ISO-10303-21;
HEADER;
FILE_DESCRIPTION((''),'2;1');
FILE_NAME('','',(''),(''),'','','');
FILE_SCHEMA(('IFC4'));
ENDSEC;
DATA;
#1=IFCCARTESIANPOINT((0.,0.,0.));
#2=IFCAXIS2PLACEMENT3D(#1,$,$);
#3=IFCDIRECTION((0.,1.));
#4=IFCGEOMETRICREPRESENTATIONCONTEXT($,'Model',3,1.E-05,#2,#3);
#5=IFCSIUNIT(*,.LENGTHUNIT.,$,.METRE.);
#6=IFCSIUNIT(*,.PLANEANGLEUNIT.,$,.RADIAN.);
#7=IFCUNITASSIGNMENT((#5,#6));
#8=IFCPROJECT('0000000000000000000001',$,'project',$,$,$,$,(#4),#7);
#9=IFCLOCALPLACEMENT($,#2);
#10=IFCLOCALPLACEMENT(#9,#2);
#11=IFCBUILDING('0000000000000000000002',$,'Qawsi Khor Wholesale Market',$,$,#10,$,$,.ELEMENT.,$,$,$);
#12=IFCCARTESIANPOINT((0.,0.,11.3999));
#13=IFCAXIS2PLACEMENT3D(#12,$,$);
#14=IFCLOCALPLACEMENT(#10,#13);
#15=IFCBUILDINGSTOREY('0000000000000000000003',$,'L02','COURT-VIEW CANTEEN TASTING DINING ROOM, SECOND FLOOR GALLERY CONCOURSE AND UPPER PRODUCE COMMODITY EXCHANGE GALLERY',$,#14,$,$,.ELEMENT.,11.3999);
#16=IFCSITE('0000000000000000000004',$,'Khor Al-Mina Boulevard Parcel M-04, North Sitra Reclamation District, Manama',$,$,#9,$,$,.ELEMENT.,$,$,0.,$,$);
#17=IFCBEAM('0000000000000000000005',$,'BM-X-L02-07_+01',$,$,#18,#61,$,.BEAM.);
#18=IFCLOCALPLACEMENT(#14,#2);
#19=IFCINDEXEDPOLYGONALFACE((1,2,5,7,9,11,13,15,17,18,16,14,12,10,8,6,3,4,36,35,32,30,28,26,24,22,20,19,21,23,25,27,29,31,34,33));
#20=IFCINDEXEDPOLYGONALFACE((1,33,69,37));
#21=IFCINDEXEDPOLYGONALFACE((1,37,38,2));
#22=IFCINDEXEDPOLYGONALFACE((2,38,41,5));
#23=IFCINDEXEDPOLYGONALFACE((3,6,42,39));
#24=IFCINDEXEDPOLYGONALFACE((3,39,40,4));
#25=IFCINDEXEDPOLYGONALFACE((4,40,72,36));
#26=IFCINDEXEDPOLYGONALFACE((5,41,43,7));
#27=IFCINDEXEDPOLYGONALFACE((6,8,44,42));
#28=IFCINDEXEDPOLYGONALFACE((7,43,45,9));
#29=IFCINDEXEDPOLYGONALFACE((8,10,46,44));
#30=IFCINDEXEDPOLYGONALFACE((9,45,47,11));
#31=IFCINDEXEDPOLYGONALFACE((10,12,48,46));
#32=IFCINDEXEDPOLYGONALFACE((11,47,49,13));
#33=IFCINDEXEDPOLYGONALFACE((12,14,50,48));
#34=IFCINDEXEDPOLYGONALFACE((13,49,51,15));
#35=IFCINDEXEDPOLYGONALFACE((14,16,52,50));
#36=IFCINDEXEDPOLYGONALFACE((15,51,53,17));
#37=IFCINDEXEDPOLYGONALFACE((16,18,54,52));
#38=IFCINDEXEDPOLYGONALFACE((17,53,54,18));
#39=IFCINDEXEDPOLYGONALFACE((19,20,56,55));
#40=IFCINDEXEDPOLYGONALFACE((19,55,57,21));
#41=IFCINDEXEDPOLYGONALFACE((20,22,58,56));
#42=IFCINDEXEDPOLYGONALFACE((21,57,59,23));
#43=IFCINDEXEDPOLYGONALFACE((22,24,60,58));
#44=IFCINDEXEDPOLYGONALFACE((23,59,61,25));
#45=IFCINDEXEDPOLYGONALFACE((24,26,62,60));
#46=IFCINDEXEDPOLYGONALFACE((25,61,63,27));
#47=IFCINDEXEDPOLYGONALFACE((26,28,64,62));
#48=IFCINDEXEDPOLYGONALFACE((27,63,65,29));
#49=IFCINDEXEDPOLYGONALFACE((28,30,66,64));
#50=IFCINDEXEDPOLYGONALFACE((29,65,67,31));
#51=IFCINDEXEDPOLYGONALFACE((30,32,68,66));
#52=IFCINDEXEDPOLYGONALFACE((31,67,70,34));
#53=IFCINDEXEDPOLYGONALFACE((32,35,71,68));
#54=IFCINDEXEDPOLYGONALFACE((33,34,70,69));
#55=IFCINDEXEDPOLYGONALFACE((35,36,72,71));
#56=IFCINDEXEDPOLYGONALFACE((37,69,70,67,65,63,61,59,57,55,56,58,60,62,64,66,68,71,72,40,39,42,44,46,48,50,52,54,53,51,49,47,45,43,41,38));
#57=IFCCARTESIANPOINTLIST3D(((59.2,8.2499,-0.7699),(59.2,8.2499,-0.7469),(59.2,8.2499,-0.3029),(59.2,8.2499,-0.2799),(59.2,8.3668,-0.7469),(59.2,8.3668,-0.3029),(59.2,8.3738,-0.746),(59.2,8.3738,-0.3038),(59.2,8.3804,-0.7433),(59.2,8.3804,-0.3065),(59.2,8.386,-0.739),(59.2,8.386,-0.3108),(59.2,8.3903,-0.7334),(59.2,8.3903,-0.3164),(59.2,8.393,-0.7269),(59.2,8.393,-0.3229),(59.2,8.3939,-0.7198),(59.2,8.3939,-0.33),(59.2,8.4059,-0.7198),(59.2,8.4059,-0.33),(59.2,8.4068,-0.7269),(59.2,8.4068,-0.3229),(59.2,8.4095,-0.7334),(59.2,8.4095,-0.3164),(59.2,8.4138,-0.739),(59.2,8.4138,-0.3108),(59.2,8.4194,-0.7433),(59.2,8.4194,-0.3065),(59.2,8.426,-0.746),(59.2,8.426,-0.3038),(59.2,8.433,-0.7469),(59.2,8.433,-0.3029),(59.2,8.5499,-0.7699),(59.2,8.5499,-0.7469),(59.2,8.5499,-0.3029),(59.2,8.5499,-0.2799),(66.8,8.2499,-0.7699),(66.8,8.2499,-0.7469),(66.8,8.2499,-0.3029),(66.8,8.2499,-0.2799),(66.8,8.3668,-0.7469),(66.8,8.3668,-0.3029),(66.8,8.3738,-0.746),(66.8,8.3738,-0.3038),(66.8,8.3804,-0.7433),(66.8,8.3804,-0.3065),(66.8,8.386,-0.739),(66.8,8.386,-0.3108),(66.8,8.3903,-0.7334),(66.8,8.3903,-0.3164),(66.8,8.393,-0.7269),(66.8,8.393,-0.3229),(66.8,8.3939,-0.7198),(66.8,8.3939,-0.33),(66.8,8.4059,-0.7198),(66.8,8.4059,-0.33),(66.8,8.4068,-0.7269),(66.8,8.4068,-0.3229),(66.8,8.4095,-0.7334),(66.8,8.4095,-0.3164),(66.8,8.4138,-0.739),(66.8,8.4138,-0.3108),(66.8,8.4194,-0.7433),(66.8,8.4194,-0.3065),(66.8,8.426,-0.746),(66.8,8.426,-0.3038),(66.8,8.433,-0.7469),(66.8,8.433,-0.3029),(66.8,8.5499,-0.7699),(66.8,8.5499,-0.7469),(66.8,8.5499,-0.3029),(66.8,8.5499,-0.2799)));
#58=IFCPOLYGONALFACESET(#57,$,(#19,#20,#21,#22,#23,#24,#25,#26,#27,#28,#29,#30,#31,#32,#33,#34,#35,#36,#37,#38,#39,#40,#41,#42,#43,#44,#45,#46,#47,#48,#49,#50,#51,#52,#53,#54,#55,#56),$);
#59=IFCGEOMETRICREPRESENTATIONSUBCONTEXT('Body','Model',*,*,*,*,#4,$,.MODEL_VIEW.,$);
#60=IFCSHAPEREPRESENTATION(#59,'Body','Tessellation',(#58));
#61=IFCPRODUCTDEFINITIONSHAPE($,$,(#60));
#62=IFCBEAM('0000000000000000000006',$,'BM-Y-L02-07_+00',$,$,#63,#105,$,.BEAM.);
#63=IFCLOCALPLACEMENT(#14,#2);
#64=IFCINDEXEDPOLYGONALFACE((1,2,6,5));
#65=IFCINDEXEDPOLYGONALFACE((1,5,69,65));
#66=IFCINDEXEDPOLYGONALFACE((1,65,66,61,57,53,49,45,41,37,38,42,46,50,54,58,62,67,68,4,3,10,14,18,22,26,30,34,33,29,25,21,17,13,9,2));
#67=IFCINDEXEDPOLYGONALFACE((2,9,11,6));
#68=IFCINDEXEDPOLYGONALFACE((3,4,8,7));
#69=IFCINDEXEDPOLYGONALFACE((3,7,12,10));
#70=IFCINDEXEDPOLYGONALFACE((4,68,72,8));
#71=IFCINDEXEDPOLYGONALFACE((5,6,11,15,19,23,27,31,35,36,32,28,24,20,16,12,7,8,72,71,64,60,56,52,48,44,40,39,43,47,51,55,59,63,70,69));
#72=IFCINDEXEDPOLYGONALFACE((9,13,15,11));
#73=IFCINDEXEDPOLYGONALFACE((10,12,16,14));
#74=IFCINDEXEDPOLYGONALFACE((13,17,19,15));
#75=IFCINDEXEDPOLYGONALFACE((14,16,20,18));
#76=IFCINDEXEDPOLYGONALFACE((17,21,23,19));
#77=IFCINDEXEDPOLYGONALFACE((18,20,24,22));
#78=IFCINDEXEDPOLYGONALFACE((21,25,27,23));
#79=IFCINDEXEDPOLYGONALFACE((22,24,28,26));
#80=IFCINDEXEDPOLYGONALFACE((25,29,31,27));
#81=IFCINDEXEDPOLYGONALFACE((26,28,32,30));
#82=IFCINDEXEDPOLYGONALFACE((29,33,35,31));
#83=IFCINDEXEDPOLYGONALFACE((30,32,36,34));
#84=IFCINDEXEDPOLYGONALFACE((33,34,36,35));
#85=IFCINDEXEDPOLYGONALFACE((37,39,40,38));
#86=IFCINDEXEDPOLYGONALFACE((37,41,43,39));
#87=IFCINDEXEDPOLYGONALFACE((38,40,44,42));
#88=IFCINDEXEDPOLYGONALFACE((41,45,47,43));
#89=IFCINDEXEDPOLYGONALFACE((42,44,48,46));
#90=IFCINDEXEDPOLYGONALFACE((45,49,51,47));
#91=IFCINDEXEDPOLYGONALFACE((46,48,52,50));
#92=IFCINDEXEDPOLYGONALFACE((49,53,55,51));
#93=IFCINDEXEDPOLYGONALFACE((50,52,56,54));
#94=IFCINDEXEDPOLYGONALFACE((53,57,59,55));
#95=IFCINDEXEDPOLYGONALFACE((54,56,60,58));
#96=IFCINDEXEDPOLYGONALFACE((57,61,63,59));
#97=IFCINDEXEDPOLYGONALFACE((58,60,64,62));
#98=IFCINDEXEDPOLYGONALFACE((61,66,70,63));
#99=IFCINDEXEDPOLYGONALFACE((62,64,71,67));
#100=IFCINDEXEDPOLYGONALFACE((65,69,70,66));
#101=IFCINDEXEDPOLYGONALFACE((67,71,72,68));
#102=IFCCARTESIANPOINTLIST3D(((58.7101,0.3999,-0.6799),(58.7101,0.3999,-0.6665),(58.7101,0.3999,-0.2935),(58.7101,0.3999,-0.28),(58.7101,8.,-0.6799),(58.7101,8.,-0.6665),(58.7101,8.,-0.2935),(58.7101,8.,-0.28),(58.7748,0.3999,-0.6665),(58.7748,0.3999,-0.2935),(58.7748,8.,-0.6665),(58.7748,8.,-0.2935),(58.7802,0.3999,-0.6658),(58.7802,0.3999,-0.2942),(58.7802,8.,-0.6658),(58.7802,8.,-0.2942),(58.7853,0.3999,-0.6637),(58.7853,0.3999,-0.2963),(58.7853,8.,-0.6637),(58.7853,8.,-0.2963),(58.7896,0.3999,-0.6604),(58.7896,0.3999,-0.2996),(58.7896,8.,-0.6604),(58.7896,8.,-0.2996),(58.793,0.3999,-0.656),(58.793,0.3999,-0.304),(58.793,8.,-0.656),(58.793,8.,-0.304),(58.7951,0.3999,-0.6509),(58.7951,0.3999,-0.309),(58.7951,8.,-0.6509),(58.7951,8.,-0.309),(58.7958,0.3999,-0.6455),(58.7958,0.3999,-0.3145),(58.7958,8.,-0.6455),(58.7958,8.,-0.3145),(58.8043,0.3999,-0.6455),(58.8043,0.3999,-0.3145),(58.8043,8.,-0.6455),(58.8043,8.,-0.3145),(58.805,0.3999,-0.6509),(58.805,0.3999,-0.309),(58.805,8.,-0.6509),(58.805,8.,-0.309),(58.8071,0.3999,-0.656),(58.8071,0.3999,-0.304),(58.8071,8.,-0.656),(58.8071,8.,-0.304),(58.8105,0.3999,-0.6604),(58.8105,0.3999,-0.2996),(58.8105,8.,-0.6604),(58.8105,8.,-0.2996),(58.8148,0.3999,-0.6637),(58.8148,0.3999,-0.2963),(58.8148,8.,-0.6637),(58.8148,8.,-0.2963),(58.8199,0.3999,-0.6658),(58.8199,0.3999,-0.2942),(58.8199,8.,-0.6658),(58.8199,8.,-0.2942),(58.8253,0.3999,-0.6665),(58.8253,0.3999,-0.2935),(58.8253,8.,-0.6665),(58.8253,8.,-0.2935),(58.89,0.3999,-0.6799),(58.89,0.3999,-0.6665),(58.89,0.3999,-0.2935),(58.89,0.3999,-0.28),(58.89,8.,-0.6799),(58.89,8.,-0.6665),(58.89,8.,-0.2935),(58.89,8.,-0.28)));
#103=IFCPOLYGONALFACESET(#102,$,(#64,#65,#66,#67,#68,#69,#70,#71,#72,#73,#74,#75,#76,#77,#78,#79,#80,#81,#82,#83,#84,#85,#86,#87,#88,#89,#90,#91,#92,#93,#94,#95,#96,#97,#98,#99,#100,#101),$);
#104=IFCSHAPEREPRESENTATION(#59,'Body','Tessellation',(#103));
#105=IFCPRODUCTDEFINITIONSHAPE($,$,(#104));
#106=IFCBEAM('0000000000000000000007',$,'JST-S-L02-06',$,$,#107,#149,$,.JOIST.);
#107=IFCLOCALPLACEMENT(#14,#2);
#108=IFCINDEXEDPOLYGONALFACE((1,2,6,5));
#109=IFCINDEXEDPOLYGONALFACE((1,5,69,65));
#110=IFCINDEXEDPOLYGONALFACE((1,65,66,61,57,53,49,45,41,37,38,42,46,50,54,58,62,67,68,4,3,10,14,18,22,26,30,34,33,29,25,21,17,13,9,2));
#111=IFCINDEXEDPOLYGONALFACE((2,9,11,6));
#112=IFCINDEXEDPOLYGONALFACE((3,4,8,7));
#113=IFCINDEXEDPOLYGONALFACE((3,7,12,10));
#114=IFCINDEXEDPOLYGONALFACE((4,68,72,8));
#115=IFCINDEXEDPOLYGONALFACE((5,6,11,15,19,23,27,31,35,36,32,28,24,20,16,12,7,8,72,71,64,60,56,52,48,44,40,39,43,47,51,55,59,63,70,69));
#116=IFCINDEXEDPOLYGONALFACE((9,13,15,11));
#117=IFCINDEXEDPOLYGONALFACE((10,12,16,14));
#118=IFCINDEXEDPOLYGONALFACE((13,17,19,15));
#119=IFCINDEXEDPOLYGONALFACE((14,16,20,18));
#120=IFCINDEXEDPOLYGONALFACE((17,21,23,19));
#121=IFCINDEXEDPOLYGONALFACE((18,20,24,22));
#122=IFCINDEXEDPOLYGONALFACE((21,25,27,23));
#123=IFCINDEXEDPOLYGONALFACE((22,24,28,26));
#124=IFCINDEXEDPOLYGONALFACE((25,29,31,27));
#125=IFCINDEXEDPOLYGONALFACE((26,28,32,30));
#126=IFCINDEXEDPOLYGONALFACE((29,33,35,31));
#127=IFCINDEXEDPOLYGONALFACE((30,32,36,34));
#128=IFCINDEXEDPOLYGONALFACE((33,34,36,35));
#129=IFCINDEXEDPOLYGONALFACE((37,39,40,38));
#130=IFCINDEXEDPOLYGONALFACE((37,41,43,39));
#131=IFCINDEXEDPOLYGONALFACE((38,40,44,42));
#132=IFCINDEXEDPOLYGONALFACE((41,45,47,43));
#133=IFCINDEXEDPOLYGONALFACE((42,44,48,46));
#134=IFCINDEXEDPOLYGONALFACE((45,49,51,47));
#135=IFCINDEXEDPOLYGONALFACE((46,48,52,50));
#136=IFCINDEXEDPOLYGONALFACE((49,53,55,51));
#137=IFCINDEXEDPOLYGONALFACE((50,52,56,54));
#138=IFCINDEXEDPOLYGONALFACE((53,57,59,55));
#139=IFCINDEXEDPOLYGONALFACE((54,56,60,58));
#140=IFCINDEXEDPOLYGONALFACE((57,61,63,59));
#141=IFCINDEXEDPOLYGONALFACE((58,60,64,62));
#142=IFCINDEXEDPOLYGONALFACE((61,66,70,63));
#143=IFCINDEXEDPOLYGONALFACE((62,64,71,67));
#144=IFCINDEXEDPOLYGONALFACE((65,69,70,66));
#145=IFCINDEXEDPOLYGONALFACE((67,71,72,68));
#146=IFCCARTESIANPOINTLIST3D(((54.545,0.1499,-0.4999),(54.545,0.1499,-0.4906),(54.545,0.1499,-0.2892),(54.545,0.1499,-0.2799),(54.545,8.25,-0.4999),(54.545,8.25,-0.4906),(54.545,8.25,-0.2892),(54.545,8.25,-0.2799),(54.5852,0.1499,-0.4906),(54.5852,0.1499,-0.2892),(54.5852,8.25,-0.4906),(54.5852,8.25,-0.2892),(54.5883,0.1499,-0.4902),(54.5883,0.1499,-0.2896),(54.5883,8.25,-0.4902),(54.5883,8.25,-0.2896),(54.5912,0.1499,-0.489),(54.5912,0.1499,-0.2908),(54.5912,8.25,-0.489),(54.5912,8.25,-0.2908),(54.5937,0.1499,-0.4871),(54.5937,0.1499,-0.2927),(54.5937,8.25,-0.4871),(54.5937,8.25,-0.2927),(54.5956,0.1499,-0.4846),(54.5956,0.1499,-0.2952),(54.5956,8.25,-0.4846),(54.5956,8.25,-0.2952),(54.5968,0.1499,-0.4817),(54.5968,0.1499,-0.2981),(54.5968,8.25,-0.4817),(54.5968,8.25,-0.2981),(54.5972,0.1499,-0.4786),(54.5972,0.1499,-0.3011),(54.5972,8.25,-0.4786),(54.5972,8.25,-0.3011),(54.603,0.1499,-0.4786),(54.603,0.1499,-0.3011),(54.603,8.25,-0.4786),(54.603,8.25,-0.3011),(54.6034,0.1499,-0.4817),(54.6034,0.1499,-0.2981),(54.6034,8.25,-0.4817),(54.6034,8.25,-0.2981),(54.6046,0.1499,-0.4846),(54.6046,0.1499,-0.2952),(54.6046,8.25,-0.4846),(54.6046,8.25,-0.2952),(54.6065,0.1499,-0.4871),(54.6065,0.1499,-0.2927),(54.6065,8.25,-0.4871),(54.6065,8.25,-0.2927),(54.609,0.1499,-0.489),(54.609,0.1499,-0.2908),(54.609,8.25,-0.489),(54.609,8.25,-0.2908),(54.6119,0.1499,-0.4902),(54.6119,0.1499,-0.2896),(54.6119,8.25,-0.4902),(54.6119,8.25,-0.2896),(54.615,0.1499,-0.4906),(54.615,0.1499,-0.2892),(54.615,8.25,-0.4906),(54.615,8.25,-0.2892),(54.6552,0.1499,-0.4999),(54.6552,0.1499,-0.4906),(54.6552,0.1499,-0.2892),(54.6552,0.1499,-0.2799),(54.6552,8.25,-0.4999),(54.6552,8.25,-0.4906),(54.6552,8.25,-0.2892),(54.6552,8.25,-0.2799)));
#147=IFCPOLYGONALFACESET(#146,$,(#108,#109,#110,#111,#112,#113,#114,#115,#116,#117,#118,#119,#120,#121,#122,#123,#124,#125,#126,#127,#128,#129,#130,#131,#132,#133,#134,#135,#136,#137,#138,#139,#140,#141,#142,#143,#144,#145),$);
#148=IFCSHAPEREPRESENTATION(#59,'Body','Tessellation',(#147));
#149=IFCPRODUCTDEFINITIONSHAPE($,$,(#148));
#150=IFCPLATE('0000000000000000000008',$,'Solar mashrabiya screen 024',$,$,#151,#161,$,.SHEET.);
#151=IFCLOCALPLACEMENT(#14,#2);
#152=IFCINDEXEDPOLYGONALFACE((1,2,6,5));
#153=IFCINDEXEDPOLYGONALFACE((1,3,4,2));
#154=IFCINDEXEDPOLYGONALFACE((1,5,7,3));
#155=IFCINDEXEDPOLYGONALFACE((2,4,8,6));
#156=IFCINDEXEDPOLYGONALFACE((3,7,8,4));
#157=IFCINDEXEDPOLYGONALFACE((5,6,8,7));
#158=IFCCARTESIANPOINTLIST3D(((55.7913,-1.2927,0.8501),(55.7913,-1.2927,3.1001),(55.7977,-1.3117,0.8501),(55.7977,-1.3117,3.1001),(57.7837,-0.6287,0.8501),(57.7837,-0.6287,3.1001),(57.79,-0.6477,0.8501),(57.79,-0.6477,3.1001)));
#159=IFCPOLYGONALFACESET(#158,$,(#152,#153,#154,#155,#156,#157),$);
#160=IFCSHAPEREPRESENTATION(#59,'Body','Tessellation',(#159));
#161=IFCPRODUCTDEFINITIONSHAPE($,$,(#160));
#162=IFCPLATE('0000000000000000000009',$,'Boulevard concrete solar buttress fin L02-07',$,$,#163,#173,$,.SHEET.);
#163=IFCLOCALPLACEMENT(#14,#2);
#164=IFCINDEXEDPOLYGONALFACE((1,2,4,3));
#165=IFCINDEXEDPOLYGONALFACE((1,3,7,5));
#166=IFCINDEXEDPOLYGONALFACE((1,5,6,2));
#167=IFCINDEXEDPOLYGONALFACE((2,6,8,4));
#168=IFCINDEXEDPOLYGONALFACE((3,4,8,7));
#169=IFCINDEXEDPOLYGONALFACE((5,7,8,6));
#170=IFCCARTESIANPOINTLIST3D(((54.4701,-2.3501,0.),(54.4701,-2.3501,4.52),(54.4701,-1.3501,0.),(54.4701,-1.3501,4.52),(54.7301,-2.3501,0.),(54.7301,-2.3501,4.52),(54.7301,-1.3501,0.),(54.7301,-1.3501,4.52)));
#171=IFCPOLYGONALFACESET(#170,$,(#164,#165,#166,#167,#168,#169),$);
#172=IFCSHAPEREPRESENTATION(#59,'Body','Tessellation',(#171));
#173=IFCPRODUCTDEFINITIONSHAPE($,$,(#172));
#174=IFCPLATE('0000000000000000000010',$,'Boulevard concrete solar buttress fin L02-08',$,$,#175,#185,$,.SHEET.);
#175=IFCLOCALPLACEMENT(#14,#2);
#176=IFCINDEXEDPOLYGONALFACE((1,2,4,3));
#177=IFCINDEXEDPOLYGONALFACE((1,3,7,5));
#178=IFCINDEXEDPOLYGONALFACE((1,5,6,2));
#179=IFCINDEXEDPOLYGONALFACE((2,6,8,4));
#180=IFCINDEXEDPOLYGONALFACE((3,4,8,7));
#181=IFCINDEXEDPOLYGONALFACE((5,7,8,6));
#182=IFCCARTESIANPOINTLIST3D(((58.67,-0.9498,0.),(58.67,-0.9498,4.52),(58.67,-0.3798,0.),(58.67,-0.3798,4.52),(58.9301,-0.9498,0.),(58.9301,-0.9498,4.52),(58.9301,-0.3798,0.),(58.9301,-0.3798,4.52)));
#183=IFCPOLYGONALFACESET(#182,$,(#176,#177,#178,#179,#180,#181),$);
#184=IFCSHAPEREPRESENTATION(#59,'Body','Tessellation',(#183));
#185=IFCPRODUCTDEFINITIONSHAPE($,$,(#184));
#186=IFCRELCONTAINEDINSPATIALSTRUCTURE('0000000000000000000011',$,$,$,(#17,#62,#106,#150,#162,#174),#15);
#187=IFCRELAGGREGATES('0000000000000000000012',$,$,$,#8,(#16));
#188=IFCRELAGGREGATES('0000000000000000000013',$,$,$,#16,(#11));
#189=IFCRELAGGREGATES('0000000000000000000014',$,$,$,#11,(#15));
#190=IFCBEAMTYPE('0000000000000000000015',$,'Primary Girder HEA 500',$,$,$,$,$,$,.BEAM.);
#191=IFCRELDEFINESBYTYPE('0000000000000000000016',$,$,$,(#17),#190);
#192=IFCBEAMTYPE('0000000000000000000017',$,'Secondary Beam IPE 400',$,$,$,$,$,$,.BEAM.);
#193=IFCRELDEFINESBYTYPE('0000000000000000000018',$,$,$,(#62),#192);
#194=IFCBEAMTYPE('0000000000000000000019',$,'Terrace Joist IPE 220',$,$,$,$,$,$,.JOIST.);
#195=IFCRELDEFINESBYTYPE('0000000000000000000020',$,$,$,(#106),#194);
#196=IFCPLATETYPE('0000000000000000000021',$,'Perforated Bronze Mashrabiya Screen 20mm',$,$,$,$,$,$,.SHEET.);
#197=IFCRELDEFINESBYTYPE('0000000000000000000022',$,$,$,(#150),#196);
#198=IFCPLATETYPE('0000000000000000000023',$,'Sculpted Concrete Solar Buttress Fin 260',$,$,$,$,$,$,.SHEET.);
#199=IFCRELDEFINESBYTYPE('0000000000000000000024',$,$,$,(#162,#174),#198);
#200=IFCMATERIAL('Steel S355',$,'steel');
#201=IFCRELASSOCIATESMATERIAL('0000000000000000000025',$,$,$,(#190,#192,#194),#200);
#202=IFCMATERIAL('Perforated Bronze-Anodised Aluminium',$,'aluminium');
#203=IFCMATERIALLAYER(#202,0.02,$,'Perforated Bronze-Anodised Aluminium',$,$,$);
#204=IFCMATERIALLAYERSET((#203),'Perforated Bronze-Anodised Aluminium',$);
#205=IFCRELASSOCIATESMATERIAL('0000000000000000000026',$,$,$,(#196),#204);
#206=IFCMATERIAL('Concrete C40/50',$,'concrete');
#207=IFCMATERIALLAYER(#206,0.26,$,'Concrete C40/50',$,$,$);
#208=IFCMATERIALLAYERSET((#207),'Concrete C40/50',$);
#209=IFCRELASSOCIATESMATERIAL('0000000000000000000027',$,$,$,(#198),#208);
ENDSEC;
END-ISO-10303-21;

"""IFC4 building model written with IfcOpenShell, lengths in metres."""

from ifc_helpers import new_model, si_unit, direction, frame, frame_2d, origin, origin_2d, place, context, subcontext, project, spatial, rectangle, i_section, extrude, material, layer, layer_set, material_profile, profile_set, type_object, element, save


model = new_model("IFC4")

# Units and contexts
model_context = context("Model", 3, precision=1e-05, world=origin(), true_north=direction((0.0, 1.0)))
body_context = subcontext(model_context, "Body", "Model", "MODEL_VIEW")
ifc_project = project(units=[si_unit("LENGTHUNIT", "METRE"), si_unit("PLANEANGLEUNIT", "RADIAN")], contexts=[model_context])

# Site, building, storey
site_placement = place(None, origin())
site = spatial("IfcSite", under=ifc_project, at=site_placement, Name="Khor Al-Mina Boulevard Parcel M-04, North Sitra Reclamation District, Manama", CompositionType="ELEMENT", RefElevation=0.0)
building_placement = place(site_placement, origin())
building = spatial("IfcBuilding", under=site, at=building_placement, Name="Qawsi Khor Wholesale Market", CompositionType="ELEMENT")
storey_placement = place(building_placement, frame((0.0, 0.0, 11.3999)))
storey = spatial("IfcBuildingStorey", under=building, at=storey_placement, Name="L02", Description="COURT-VIEW CANTEEN TASTING DINING ROOM, SECOND FLOOR GALLERY CONCOURSE AND UPPER PRODUCE COMMODITY EXCHANGE GALLERY", CompositionType="ELEMENT", Elevation=11.3999)

# Shared definitions
ifc_material_1 = material(Name="Concrete C40/50", Category="concrete")

# Beams
ifc_material_2 = material(Name="Steel S355", Category="steel")
ifc_material_profile_1 = material_profile(ifc_material_2, i_section(OverallWidth=0.3, OverallDepth=0.49, WebThickness=0.012, FlangeThickness=0.0229, FilletRadius=0.0271, at=origin_2d()), Name="HEA 500")
ifc_profile_set_1 = profile_set([ifc_material_profile_1], Name="Steel S355")
beam_type_1 = type_object("IfcBeamType", Name="Primary Girder HEA 500", PredefinedType="BEAM", material=ifc_profile_set_1)
beam_1_placement = place(storey_placement, frame((59.2, 8.3999, -0.5249), z_axis=(1.0, 0.0, 0.0), x_axis=(0.0, 1.0, 0.0)))
element("IfcBeam", 1, at=beam_1_placement, inside=storey, type_object=beam_type_1, Name="BM-X-L02-07_+01", PredefinedType="BEAM", context=body_context, shape_type="SweptSolid", body=[
    extrude(i_section(OverallWidth=0.3, OverallDepth=0.49, WebThickness=0.012, FlangeThickness=0.0229, FilletRadius=0.0271, at=origin_2d()), origin(), (0.0, 0.0, 1.0), 7.6001),
])
ifc_material_profile_2 = material_profile(ifc_material_2, i_section(OverallWidth=0.1799, OverallDepth=0.3999, WebThickness=0.0085, FlangeThickness=0.0134, FilletRadius=0.021, at=origin_2d()), Name="IPE 400")
ifc_profile_set_2 = profile_set([ifc_material_profile_2], Name="Steel S355")
beam_type_2 = type_object("IfcBeamType", Name="Secondary Beam IPE 400", PredefinedType="BEAM", material=ifc_profile_set_2)
beam_2_placement = place(storey_placement, frame((58.8, 0.3999, -0.48), z_axis=(0.0, 1.0, 0.0), x_axis=(-1.0, 0.0, 0.0)))
element("IfcBeam", 2, at=beam_2_placement, inside=storey, type_object=beam_type_2, Name="BM-Y-L02-07_+00", PredefinedType="BEAM", context=body_context, shape_type="SweptSolid", body=[
    extrude(i_section(OverallWidth=0.1799, OverallDepth=0.3999, WebThickness=0.0085, FlangeThickness=0.0134, FilletRadius=0.021, at=origin_2d()), origin(), (0.0, 0.0, 1.0), 7.6001),
])
ifc_material_profile_3 = material_profile(ifc_material_2, i_section(OverallWidth=0.1101, OverallDepth=0.22, WebThickness=0.0059, FlangeThickness=0.0093, FilletRadius=0.012, at=origin_2d()), Name="IPE 220")
ifc_profile_set_3 = profile_set([ifc_material_profile_3], Name="Steel S355")
beam_type_3 = type_object("IfcBeamType", Name="Terrace Joist IPE 220", PredefinedType="JOIST", material=ifc_profile_set_3)
beam_3_placement = place(storey_placement, frame((54.6001, 0.1499, -0.3899), z_axis=(0.0, 1.0, 0.0), x_axis=(-1.0, 0.0, 0.0)))
element("IfcBeam", 3, at=beam_3_placement, inside=storey, type_object=beam_type_3, Name="JST-S-L02-06", PredefinedType="JOIST", context=body_context, shape_type="SweptSolid", body=[
    extrude(i_section(OverallWidth=0.1101, OverallDepth=0.22, WebThickness=0.0059, FlangeThickness=0.0093, FilletRadius=0.012, at=origin_2d()), origin(), (0.0, 0.0, 1.0), 8.1001),
])

# Plates
ifc_material_3 = material(Name="Perforated Bronze-Anodised Aluminium", Category="aluminium")
ifc_layer_1 = layer(ifc_material_3, 0.02, Name="Perforated Bronze-Anodised Aluminium")
ifc_layer_set_1 = layer_set([ifc_layer_1], Name="Perforated Bronze-Anodised Aluminium")
plate_type_1 = type_object("IfcPlateType", Name="Perforated Bronze Mashrabiya Screen 20mm", PredefinedType="SHEET", material=ifc_layer_set_1)
plate_1_placement = place(storey_placement, frame((57.7869, -0.6382, 0.8501), z_axis=(0.0, 0.0, 1.0), x_axis=(-0.948695, -0.316193, 0.0)))
element("IfcPlate", 4, at=plate_1_placement, inside=storey, type_object=plate_type_1, Name="Solar mashrabiya screen 024", PredefinedType="SHEET", context=body_context, shape_type="SweptSolid", body=[
    extrude(rectangle(XDim=2.1001, YDim=0.02, at=frame_2d((1.05, 0.0))), origin(), (0.0, 0.0, 1.0), 2.25),
])
ifc_layer_2 = layer(ifc_material_1, 0.26, Name="Concrete C40/50")
ifc_layer_set_2 = layer_set([ifc_layer_2], Name="Concrete C40/50")
plate_type_2 = type_object("IfcPlateType", Name="Sculpted Concrete Solar Buttress Fin 260", PredefinedType="SHEET", material=ifc_layer_set_2)
plate_2_placement = place(storey_placement, frame((54.6001, -2.3501, 0.0), z_axis=(0.0, 0.0, 1.0), x_axis=(0.0, 1.0, 0.0)))
element("IfcPlate", 5, at=plate_2_placement, inside=storey, type_object=plate_type_2, Name="Boulevard concrete solar buttress fin L02-07", PredefinedType="SHEET", context=body_context, shape_type="SweptSolid", body=[
    extrude(rectangle(XDim=1.0, YDim=0.26, at=frame_2d((0.5, 0.0))), origin(), (0.0, 0.0, 1.0), 4.52),
])
plate_3_placement = place(storey_placement, frame((58.8, -0.95, 0.0), z_axis=(0.0, 0.0, 1.0), x_axis=(0.0, 1.0, 0.0)))
element("IfcPlate", 6, at=plate_3_placement, inside=storey, type_object=plate_type_2, Name="Boulevard concrete solar buttress fin L02-08", PredefinedType="SHEET", context=body_context, shape_type="SweptSolid", body=[
    extrude(rectangle(XDim=0.5701, YDim=0.26, at=frame_2d((0.2852, 0.0))), origin(), (0.0, 0.0, 1.0), 4.52),
])

save(model, "model.ifc")
